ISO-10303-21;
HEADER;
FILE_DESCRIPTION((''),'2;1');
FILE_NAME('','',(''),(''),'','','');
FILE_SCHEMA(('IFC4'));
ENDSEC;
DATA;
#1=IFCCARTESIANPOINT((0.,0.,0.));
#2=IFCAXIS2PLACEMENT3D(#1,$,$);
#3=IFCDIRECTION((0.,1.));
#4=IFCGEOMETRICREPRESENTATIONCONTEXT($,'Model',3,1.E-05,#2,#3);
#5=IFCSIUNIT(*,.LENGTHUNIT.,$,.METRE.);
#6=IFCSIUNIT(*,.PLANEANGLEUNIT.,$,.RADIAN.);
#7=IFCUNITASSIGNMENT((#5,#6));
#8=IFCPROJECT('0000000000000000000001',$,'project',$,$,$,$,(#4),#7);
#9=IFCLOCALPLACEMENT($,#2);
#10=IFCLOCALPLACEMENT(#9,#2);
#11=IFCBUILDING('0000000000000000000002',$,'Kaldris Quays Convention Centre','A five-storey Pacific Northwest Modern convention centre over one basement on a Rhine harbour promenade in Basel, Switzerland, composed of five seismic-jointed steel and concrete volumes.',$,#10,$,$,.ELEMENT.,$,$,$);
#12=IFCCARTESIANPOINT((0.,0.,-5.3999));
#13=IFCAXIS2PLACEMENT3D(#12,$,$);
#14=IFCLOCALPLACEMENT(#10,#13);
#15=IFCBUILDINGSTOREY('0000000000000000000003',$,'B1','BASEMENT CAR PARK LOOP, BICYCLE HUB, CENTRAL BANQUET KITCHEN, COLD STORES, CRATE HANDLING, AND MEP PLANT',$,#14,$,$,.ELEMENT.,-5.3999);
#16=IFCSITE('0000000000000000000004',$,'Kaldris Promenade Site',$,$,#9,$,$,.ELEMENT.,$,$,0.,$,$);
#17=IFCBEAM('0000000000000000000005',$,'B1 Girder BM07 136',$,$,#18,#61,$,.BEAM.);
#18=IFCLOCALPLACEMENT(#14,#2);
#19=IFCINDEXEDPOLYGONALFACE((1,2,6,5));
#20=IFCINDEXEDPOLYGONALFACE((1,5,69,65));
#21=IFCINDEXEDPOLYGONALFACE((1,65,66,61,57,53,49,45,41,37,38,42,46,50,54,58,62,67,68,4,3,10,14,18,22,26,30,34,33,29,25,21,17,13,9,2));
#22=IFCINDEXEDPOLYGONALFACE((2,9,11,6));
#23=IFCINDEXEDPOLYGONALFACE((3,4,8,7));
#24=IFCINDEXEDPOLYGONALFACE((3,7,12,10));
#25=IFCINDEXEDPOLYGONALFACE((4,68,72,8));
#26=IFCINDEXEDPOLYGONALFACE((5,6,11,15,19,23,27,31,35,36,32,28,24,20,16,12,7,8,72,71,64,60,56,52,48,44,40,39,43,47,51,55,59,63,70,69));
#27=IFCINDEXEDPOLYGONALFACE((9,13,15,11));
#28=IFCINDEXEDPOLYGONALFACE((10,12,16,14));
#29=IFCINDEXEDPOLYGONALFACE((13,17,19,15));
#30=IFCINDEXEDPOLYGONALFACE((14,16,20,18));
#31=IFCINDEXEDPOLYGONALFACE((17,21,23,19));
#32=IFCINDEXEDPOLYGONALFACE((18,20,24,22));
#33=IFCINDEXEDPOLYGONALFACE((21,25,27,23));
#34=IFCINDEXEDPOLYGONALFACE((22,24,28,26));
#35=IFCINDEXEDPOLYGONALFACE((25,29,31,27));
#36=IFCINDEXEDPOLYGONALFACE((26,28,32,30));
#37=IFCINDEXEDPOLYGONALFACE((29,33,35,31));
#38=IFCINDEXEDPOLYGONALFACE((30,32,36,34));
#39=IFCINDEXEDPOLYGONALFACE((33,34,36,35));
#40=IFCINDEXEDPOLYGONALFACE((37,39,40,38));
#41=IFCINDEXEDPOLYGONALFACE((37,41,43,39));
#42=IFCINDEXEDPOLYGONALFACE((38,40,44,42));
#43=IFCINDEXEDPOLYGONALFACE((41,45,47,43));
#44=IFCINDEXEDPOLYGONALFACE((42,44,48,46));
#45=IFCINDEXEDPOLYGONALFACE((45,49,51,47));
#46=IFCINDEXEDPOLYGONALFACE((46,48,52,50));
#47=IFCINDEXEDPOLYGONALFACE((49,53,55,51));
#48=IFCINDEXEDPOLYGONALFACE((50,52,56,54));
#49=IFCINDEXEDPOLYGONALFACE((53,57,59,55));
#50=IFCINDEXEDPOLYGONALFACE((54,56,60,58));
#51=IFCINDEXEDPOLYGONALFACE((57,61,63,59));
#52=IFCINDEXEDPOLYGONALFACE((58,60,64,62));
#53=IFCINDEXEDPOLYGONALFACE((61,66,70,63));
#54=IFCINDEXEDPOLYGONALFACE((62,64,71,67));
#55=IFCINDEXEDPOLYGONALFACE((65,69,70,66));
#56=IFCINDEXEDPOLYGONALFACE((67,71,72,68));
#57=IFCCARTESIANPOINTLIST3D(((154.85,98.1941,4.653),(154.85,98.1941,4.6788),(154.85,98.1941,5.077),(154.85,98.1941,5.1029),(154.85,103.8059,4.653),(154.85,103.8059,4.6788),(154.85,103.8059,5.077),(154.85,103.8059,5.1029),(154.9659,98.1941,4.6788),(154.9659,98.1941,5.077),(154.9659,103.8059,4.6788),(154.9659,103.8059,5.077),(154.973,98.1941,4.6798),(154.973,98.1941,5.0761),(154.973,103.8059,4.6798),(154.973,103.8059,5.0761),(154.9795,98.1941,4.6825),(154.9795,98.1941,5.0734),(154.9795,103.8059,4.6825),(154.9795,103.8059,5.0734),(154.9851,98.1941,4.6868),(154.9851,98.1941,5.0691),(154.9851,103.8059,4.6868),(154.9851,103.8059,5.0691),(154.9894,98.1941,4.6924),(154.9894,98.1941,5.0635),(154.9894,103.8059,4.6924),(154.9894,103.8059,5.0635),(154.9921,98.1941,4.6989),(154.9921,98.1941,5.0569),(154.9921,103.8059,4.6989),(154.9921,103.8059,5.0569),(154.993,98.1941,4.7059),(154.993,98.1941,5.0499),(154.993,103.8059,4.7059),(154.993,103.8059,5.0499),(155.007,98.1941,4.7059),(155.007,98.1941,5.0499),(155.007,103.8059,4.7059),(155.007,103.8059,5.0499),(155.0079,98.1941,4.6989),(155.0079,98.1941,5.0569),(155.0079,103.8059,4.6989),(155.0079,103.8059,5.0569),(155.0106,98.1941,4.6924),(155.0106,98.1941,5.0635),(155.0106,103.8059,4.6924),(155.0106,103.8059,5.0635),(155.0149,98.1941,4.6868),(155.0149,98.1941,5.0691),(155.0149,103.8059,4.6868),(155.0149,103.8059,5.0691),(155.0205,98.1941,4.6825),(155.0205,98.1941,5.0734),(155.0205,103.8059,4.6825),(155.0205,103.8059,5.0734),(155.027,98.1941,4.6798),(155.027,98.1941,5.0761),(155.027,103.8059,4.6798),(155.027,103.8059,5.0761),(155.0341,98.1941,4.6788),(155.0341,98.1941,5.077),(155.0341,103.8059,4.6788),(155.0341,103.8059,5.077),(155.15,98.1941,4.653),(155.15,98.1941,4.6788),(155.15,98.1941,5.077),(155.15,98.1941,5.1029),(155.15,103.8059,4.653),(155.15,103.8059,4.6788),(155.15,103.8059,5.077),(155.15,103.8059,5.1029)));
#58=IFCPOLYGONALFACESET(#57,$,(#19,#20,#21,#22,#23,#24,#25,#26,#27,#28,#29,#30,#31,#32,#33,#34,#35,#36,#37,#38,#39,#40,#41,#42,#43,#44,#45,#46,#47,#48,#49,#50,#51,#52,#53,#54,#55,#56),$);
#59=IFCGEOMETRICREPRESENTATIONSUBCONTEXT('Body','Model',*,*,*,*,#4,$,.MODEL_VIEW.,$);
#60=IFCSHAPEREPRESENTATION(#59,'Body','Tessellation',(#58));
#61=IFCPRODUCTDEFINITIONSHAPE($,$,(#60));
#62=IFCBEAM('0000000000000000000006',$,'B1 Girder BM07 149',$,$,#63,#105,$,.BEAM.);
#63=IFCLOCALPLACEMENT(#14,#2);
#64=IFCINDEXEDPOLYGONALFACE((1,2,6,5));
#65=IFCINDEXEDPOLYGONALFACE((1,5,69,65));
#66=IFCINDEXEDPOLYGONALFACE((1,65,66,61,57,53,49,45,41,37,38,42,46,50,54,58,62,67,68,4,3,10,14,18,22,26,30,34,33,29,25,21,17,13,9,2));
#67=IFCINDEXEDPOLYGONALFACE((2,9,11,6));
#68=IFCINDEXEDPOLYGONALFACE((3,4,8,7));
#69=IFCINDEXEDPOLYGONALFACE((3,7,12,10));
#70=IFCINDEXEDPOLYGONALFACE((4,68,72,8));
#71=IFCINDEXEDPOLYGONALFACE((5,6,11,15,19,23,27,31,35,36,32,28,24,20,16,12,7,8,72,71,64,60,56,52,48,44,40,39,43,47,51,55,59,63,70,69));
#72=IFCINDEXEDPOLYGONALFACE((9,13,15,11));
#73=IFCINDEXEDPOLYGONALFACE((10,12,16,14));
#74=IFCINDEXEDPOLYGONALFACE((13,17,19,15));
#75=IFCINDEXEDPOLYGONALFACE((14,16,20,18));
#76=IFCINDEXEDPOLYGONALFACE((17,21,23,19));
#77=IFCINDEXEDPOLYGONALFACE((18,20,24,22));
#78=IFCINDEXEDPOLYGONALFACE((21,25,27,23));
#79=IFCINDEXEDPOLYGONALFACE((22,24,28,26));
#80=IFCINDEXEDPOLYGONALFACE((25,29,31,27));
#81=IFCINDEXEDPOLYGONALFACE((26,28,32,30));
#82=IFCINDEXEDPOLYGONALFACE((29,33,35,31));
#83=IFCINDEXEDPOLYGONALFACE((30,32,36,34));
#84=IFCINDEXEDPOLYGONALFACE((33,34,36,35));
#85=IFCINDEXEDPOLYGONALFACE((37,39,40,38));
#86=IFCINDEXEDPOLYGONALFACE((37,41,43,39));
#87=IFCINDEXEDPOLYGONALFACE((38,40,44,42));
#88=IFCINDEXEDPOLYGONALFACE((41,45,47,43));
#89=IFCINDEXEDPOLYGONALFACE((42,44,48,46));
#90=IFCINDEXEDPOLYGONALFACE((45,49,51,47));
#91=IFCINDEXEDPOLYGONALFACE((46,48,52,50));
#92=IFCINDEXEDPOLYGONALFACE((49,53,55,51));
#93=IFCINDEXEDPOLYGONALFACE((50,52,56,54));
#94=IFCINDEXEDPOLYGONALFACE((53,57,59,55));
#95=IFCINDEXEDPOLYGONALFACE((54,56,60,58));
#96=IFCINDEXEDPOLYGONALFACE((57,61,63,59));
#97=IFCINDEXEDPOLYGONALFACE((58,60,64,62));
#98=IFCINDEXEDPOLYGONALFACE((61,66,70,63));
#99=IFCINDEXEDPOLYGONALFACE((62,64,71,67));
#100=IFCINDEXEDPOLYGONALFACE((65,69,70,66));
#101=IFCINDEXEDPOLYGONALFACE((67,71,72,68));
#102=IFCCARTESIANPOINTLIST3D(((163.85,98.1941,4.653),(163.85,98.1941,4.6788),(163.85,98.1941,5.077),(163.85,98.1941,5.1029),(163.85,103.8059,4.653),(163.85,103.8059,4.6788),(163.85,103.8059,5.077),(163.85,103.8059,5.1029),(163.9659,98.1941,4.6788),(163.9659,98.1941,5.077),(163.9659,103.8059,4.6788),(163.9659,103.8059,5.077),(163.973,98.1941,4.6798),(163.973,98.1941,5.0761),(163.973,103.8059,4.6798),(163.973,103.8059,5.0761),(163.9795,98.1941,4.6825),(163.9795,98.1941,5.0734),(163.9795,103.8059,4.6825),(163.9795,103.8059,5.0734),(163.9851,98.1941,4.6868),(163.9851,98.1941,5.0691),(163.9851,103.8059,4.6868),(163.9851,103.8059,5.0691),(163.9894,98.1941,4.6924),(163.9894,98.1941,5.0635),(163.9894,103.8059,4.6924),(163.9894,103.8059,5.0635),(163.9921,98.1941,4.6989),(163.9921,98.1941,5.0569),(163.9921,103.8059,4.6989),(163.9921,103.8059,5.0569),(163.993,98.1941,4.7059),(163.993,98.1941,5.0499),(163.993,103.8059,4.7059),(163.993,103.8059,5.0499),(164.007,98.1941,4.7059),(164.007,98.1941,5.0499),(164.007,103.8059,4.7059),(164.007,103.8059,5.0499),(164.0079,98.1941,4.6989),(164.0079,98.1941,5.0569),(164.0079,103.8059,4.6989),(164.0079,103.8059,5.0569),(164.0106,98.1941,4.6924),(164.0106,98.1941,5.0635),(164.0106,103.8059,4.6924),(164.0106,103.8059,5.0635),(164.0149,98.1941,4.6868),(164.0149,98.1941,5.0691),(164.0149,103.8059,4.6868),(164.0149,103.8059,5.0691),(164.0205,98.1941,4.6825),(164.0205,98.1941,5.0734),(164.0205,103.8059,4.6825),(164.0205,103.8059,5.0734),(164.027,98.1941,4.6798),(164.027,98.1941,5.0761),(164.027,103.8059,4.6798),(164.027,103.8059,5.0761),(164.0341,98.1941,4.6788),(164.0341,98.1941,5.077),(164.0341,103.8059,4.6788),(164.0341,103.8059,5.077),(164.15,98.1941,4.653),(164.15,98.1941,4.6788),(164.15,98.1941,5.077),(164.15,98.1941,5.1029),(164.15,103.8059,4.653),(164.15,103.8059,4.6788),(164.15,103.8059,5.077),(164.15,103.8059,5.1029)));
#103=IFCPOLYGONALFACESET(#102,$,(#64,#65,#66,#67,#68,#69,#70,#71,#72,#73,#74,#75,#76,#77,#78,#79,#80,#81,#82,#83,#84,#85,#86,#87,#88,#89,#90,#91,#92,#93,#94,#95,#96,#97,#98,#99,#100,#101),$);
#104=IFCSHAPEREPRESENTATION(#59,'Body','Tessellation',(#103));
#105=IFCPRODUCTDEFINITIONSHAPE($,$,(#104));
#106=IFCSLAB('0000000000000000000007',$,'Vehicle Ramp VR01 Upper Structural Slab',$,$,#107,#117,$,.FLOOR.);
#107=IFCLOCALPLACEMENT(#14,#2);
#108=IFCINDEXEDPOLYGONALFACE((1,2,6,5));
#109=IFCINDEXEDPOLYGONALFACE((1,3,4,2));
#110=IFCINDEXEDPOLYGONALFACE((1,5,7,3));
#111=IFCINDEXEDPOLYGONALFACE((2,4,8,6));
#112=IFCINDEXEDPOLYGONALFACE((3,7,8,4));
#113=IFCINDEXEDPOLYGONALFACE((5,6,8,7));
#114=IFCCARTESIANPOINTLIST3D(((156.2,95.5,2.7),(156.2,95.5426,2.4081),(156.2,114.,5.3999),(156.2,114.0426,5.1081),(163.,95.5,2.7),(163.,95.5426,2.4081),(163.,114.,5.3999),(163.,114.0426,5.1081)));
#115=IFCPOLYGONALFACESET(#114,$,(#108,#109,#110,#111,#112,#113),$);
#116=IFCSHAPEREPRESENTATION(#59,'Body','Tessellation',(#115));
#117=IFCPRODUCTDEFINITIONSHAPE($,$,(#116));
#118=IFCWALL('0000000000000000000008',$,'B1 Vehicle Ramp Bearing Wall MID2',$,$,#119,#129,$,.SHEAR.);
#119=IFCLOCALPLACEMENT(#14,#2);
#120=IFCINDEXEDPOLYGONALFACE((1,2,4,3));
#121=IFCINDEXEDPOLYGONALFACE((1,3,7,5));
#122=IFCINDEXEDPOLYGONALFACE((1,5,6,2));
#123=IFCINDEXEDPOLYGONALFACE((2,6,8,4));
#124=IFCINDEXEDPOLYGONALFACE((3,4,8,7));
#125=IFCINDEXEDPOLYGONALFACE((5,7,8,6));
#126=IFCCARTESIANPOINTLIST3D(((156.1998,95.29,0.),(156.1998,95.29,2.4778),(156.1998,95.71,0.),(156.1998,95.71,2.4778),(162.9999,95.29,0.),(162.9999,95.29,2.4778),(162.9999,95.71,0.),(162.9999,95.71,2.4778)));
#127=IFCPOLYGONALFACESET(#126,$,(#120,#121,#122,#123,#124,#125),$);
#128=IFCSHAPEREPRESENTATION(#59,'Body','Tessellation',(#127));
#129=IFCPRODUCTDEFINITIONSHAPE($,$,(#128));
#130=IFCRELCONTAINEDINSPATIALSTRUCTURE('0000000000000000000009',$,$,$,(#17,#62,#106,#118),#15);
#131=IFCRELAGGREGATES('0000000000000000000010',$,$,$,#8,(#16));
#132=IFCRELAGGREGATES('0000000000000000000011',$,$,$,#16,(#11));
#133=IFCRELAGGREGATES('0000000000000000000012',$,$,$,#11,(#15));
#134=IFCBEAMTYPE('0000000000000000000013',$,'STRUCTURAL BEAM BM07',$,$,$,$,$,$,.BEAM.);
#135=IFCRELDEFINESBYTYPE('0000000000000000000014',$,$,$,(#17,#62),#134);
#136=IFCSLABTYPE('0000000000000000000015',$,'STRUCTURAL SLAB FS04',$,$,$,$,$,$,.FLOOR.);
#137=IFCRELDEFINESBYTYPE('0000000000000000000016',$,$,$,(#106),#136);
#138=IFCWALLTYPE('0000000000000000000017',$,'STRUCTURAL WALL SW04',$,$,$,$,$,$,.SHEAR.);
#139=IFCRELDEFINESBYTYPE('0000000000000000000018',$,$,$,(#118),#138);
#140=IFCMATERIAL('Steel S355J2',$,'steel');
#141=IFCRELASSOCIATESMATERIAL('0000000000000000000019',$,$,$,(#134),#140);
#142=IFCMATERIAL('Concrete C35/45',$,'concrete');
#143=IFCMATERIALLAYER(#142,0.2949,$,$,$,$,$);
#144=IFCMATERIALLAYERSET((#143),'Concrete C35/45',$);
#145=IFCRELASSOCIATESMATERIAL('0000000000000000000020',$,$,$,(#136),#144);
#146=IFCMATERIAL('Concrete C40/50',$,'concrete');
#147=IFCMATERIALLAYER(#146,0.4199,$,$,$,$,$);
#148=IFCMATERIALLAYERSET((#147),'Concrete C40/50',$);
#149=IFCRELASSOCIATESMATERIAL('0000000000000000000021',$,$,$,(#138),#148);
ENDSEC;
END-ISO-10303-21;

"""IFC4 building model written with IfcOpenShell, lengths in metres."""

from ifc_helpers import new_model, si_unit, direction, frame, frame_2d, origin, origin_2d, place, context, subcontext, project, spatial, polyline, rectangle, i_section, outline, extrude, material, layer, layer_set, material_profile, profile_set, type_object, element, save


model = new_model("IFC4")

# Units and contexts
model_context = context("Model", 3, precision=1e-05, world=origin(), true_north=direction((0.0, 1.0)))
body_context = subcontext(model_context, "Body", "Model", "MODEL_VIEW")
ifc_project = project(units=[si_unit("LENGTHUNIT", "METRE"), si_unit("PLANEANGLEUNIT", "RADIAN")], contexts=[model_context])

# Site, building, storey
site_placement = place(None, origin())
site = spatial("IfcSite", under=ifc_project, at=site_placement, Name="Kaldris Promenade Site", CompositionType="ELEMENT", RefElevation=0.0)
building_placement = place(site_placement, origin())
building = spatial("IfcBuilding", under=site, at=building_placement, Name="Kaldris Quays Convention Centre", Description="A five-storey Pacific Northwest Modern convention centre over one basement on a Rhine harbour promenade in Basel, Switzerland, composed of five seismic-jointed steel and concrete volumes.", CompositionType="ELEMENT")
storey_placement = place(building_placement, frame((0.0, 0.0, -5.3999)))
storey = spatial("IfcBuildingStorey", under=building, at=storey_placement, Name="B1", Description="BASEMENT CAR PARK LOOP, BICYCLE HUB, CENTRAL BANQUET KITCHEN, COLD STORES, CRATE HANDLING, AND MEP PLANT", CompositionType="ELEMENT", Elevation=-5.3999)

# Shared definitions
ifc_material_1 = material(Name="Concrete C35/45", Category="concrete")

# Shared definitions
ifc_material_2 = material(Name="Steel S355J2", Category="steel")
ifc_material_3 = material(Name="Concrete C40/50", Category="concrete")

# Beams
ifc_material_profile_1 = material_profile(ifc_material_2, i_section(OverallWidth=0.3, OverallDepth=0.45, WebThickness=0.0139, FlangeThickness=0.0259, FilletRadius=0.0271, at=origin_2d()), Name="HEB 450")
ifc_profile_set_1 = profile_set([ifc_material_profile_1], Name="Steel S355J2")
beam_type_1 = type_object("IfcBeamType", Name="STRUCTURAL BEAM BM07", PredefinedType="BEAM", material=ifc_profile_set_1)
for number, where, z_axis, x_axis, name in (
    (1, (155.0, 98.1941, 4.8779), (0.0, 1.0, 0.0), (-1.0, 0.0, 0.0), "B1 Girder BM07 136"),
    (2, (164.0, 98.1941, 4.8779), (0.0, 1.0, 0.0), (-1.0, 0.0, 0.0), "B1 Girder BM07 149"),
):
    element("IfcBeam", number, at=place(storey_placement, frame(where, z_axis=z_axis, x_axis=x_axis)), inside=storey, type_object=beam_type_1, Name=name, PredefinedType="BEAM", context=body_context, shape_type="SweptSolid", body=[
        extrude(i_section(OverallWidth=0.3, OverallDepth=0.45, WebThickness=0.0139, FlangeThickness=0.0259, FilletRadius=0.0271, at=origin_2d()), origin(), (0.0, 0.0, 1.0), 5.6118),
    ])

# Slab
ifc_layer_1 = layer(ifc_material_1, 0.2949)
ifc_layer_set_1 = layer_set([ifc_layer_1], Name="Concrete C35/45")
slab_type = type_object("IfcSlabType", Name="STRUCTURAL SLAB FS04", PredefinedType="FLOOR", material=ifc_layer_set_1)
slab_placement = place(storey_placement, frame((156.2, 95.5, 2.7), z_axis=(0.0, -0.144413, 0.989517), x_axis=(1.0, 0.0, 0.0)))
element("IfcSlab", 3, at=slab_placement, inside=storey, type_object=slab_type, Name="Vehicle Ramp VR01 Upper Structural Slab", PredefinedType="FLOOR", context=body_context, shape_type="SweptSolid", body=[
    extrude(outline(polyline([(0.0, 0.0), (6.8, 0.0), (6.8, 18.696), (0.0, 18.696), (0.0, 0.0)])), origin(), (0.0, 0.0, -1.0), 0.2949),
])

# Wall
ifc_layer_2 = layer(ifc_material_3, 0.4199)
ifc_layer_set_2 = layer_set([ifc_layer_2], Name="Concrete C40/50")
wall_type = type_object("IfcWallType", Name="STRUCTURAL WALL SW04", PredefinedType="SHEAR", material=ifc_layer_set_2)
wall_placement = place(storey_placement, frame((156.2, 95.5, 0.0), z_axis=(0.0, 0.0, 1.0), x_axis=(1.0, 0.0, 0.0)))
element("IfcWall", 4, at=wall_placement, inside=storey, type_object=wall_type, Name="B1 Vehicle Ramp Bearing Wall MID2", PredefinedType="SHEAR", context=body_context, shape_type="SweptSolid", body=[
    extrude(rectangle(XDim=6.8, YDim=0.4199, at=frame_2d((3.3999, 0.0))), origin(), (0.0, 0.0, 1.0), 2.4778),
])

save(model, "model.ifc")
